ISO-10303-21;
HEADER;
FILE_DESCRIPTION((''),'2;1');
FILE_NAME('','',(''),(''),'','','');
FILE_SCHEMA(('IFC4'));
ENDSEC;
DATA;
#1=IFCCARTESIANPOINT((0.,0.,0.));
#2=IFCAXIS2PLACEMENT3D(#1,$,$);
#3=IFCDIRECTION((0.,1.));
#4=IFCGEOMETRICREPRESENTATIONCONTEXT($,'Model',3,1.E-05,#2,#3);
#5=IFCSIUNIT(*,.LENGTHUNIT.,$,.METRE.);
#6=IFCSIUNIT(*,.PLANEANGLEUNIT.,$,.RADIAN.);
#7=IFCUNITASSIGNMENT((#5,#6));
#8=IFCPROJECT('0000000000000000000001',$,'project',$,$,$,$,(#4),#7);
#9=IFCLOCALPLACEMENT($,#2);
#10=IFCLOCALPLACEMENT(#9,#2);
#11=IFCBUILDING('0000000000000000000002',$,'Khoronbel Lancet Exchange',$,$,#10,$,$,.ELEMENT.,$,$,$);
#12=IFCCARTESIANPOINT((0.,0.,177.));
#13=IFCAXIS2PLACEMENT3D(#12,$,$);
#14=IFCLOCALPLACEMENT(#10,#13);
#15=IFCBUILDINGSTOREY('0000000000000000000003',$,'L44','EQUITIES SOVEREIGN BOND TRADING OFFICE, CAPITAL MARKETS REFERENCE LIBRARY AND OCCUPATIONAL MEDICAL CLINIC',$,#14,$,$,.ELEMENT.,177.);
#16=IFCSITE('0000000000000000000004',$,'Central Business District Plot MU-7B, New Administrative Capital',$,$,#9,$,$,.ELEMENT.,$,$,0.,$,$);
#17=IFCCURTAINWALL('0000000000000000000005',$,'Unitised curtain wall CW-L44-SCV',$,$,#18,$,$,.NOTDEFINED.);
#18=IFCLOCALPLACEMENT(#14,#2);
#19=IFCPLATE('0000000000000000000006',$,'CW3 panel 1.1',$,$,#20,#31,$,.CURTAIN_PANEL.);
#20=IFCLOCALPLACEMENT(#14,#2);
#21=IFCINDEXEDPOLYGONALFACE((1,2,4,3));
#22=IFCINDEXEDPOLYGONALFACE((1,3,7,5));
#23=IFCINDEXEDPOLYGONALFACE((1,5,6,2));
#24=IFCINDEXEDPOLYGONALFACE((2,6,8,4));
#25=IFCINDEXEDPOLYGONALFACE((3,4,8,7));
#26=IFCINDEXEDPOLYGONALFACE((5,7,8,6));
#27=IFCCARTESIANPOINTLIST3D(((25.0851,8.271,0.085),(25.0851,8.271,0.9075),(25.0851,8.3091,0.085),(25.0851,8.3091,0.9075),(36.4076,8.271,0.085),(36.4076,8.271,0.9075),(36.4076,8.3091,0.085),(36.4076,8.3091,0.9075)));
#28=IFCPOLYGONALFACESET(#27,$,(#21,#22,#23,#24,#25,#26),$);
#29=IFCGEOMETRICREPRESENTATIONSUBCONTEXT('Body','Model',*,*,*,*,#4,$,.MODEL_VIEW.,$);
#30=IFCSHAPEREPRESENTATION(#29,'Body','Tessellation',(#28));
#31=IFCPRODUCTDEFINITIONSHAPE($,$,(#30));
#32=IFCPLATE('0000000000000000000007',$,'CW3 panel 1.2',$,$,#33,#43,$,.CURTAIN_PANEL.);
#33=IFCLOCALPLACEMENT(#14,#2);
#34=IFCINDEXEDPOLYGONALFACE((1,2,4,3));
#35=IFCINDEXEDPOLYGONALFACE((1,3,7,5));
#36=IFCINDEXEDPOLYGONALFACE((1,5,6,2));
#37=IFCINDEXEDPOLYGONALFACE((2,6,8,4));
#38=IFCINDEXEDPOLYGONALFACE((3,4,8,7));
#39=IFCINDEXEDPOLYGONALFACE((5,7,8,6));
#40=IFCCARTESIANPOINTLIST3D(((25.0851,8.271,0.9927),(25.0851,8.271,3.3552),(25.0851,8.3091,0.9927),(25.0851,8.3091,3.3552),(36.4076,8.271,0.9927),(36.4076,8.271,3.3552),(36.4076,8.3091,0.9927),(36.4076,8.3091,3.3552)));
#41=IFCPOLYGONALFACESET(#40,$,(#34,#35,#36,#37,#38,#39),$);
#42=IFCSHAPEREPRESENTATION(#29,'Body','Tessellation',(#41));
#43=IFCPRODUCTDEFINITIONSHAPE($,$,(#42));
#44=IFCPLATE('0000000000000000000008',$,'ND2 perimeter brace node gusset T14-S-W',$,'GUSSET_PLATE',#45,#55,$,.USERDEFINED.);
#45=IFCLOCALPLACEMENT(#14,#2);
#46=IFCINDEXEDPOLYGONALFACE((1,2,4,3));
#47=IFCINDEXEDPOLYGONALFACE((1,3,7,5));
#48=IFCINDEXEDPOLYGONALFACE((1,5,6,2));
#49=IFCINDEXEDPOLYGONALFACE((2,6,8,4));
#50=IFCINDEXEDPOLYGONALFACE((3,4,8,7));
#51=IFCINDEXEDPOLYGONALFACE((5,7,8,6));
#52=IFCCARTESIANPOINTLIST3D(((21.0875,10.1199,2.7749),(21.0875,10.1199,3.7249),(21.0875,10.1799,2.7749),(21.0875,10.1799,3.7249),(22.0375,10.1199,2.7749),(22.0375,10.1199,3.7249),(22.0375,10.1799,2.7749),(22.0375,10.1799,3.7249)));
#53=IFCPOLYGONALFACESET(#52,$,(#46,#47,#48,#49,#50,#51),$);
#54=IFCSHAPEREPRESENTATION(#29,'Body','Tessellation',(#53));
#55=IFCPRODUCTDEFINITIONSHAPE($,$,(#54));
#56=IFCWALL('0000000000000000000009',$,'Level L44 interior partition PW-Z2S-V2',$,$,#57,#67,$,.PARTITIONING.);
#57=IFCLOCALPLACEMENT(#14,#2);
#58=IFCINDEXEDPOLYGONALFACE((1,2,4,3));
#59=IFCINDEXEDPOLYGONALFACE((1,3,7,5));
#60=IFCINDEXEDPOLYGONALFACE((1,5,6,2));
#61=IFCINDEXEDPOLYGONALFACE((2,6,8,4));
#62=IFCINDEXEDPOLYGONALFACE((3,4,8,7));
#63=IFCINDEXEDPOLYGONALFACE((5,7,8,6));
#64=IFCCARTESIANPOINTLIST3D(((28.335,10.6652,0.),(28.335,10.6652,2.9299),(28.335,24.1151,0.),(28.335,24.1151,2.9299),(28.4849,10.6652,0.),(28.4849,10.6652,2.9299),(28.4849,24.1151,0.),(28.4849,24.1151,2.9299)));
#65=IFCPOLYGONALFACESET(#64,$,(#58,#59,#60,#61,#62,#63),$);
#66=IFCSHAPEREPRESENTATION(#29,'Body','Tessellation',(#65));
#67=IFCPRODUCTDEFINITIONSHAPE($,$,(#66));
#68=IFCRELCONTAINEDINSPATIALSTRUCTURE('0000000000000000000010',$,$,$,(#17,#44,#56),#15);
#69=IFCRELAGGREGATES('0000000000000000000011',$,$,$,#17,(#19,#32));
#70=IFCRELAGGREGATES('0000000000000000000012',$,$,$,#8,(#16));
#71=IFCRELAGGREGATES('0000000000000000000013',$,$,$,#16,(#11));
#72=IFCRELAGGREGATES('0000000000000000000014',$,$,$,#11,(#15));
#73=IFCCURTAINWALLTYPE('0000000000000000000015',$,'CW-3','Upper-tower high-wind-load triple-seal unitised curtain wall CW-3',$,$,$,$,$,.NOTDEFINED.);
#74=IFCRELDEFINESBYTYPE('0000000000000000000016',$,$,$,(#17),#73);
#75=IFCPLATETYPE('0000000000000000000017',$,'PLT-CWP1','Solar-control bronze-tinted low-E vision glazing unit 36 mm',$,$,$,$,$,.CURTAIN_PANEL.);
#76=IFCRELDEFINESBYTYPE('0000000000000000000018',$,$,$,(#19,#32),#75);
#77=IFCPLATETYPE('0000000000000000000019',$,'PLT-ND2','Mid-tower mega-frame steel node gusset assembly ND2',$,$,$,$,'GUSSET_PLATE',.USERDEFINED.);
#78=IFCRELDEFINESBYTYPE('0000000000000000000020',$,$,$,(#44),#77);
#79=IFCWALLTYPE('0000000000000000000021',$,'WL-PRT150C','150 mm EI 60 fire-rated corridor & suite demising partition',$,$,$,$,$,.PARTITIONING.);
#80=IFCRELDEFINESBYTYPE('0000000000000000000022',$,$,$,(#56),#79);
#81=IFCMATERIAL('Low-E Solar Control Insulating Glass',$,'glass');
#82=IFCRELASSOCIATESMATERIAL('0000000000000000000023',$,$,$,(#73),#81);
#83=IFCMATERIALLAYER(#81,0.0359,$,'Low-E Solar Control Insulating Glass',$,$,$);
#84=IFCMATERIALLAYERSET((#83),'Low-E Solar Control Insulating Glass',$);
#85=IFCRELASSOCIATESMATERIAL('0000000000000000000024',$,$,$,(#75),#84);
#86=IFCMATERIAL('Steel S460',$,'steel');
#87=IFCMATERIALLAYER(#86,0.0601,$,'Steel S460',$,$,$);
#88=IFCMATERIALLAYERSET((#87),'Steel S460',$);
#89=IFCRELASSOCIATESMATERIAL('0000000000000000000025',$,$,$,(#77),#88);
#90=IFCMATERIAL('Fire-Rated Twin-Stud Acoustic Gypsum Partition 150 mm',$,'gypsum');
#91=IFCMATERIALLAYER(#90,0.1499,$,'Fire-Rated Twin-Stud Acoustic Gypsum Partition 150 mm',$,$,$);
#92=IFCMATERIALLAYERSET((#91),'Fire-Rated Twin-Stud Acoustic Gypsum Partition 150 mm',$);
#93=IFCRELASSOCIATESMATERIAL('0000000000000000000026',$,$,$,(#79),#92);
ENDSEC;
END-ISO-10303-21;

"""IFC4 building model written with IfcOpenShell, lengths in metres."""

from ifc_helpers import new_model, si_unit, direction, frame, frame_2d, origin, origin_2d, place, context, subcontext, project, spatial, rectangle, extrude, material, layer, layer_set, type_object, element, aggregate, save


model = new_model("IFC4")

# Units and contexts
model_context = context("Model", 3, precision=1e-05, world=origin(), true_north=direction((0.0, 1.0)))
body_context = subcontext(model_context, "Body", "Model", "MODEL_VIEW")
ifc_project = project(units=[si_unit("LENGTHUNIT", "METRE"), si_unit("PLANEANGLEUNIT", "RADIAN")], contexts=[model_context])

# Site, building, storey
site_placement = place(None, origin())
site = spatial("IfcSite", under=ifc_project, at=site_placement, Name="Central Business District Plot MU-7B, New Administrative Capital", CompositionType="ELEMENT", RefElevation=0.0)
building_placement = place(site_placement, origin())
building = spatial("IfcBuilding", under=site, at=building_placement, Name="Khoronbel Lancet Exchange", CompositionType="ELEMENT")
storey_placement = place(building_placement, frame((0.0, 0.0, 177.0)))
storey = spatial("IfcBuildingStorey", under=building, at=storey_placement, Name="L44", Description="EQUITIES SOVEREIGN BOND TRADING OFFICE, CAPITAL MARKETS REFERENCE LIBRARY AND OCCUPATIONAL MEDICAL CLINIC", CompositionType="ELEMENT", Elevation=177.0)

# Shared definitions
ifc_material_1 = material(Name="Steel S460", Category="steel")

# Curtain wall
ifc_material_2 = material(Name="Low-E Solar Control Insulating Glass", Category="glass")
curtain_wall_type = type_object("IfcCurtainWallType", Name="CW-3", Description="Upper-tower high-wind-load triple-seal unitised curtain wall CW-3", PredefinedType="NOTDEFINED", material=ifc_material_2)
curtain_wall_1_placement = place(storey_placement, origin())
curtain_wall_1 = element("IfcCurtainWall", 1, at=curtain_wall_1_placement, inside=storey, type_object=curtain_wall_type, Name="Unitised curtain wall CW-L44-SCV", PredefinedType="NOTDEFINED")

# Plates
ifc_layer_1 = layer(ifc_material_2, 0.0359, Name="Low-E Solar Control Insulating Glass")
ifc_layer_set_1 = layer_set([ifc_layer_1], Name="Low-E Solar Control Insulating Glass")
plate_type_1 = type_object("IfcPlateType", Name="PLT-CWP1", Description="Solar-control bronze-tinted low-E vision glazing unit 36 mm", PredefinedType="CURTAIN_PANEL", material=ifc_layer_set_1)
plate_1_placement = place(storey_placement, frame((30.7463, 8.29, 0.085), z_axis=(0.0, 0.0, 1.0), x_axis=(1.0, 0.0, 0.0)))
plate_1 = element("IfcPlate", 2, at=plate_1_placement, type_object=plate_type_1, Name="CW3 panel 1.1", PredefinedType="CURTAIN_PANEL", context=body_context, shape_type="SweptSolid", body=[
    extrude(rectangle(XDim=11.3225, YDim=0.0381, at=origin_2d()), origin(), (0.0, 0.0, 1.0), 0.8225),
])
plate_2_placement = place(storey_placement, frame((30.7463, 8.29, 0.9927), z_axis=(0.0, 0.0, 1.0), x_axis=(1.0, 0.0, 0.0)))
plate_2 = element("IfcPlate", 3, at=plate_2_placement, type_object=plate_type_1, Name="CW3 panel 1.2", PredefinedType="CURTAIN_PANEL", context=body_context, shape_type="SweptSolid", body=[
    extrude(rectangle(XDim=11.3225, YDim=0.0381, at=origin_2d()), origin(), (0.0, 0.0, 1.0), 2.3625),
])
aggregate(curtain_wall_1, [plate_1, plate_2])
ifc_layer_2 = layer(ifc_material_1, 0.0601, Name="Steel S460")
ifc_layer_set_2 = layer_set([ifc_layer_2], Name="Steel S460")
plate_type_2 = type_object("IfcPlateType", Name="PLT-ND2", Description="Mid-tower mega-frame steel node gusset assembly ND2", ElementType="GUSSET_PLATE", PredefinedType="USERDEFINED", material=ifc_layer_set_2)
plate_3_placement = place(storey_placement, frame((21.5625, 10.1499, 2.7749), z_axis=(0.0, 0.0, 1.0), x_axis=(1.0, 0.0, 0.0)))
element("IfcPlate", 4, at=plate_3_placement, inside=storey, type_object=plate_type_2, Name="ND2 perimeter brace node gusset T14-S-W", ObjectType="GUSSET_PLATE", PredefinedType="USERDEFINED", context=body_context, shape_type="SweptSolid", body=[
    extrude(rectangle(XDim=0.95, YDim=0.0601, at=origin_2d()), origin(), (0.0, 0.0, 1.0), 0.95),
])

# Wall
ifc_material_3 = material(Name="Fire-Rated Twin-Stud Acoustic Gypsum Partition 150 mm", Category="gypsum")
ifc_layer_3 = layer(ifc_material_3, 0.1499, Name="Fire-Rated Twin-Stud Acoustic Gypsum Partition 150 mm")
ifc_layer_set_3 = layer_set([ifc_layer_3], Name="Fire-Rated Twin-Stud Acoustic Gypsum Partition 150 mm")
wall_type = type_object("IfcWallType", Name="WL-PRT150C", Description="150 mm EI 60 fire-rated corridor & suite demising partition", PredefinedType="PARTITIONING", material=ifc_layer_set_3)
wall_placement = place(storey_placement, frame((28.4099, 10.665, 0.0), z_axis=(0.0, 0.0, 1.0), x_axis=(0.0, 1.0, 0.0)))
element("IfcWall", 5, at=wall_placement, inside=storey, type_object=wall_type, Name="Level L44 interior partition PW-Z2S-V2", PredefinedType="PARTITIONING", context=body_context, shape_type="SweptSolid", body=[
    extrude(rectangle(XDim=13.45, YDim=0.1499, at=frame_2d((6.7251, 0.0))), origin(), (0.0, 0.0, 1.0), 2.9299),
])

save(model, "model.ifc")
